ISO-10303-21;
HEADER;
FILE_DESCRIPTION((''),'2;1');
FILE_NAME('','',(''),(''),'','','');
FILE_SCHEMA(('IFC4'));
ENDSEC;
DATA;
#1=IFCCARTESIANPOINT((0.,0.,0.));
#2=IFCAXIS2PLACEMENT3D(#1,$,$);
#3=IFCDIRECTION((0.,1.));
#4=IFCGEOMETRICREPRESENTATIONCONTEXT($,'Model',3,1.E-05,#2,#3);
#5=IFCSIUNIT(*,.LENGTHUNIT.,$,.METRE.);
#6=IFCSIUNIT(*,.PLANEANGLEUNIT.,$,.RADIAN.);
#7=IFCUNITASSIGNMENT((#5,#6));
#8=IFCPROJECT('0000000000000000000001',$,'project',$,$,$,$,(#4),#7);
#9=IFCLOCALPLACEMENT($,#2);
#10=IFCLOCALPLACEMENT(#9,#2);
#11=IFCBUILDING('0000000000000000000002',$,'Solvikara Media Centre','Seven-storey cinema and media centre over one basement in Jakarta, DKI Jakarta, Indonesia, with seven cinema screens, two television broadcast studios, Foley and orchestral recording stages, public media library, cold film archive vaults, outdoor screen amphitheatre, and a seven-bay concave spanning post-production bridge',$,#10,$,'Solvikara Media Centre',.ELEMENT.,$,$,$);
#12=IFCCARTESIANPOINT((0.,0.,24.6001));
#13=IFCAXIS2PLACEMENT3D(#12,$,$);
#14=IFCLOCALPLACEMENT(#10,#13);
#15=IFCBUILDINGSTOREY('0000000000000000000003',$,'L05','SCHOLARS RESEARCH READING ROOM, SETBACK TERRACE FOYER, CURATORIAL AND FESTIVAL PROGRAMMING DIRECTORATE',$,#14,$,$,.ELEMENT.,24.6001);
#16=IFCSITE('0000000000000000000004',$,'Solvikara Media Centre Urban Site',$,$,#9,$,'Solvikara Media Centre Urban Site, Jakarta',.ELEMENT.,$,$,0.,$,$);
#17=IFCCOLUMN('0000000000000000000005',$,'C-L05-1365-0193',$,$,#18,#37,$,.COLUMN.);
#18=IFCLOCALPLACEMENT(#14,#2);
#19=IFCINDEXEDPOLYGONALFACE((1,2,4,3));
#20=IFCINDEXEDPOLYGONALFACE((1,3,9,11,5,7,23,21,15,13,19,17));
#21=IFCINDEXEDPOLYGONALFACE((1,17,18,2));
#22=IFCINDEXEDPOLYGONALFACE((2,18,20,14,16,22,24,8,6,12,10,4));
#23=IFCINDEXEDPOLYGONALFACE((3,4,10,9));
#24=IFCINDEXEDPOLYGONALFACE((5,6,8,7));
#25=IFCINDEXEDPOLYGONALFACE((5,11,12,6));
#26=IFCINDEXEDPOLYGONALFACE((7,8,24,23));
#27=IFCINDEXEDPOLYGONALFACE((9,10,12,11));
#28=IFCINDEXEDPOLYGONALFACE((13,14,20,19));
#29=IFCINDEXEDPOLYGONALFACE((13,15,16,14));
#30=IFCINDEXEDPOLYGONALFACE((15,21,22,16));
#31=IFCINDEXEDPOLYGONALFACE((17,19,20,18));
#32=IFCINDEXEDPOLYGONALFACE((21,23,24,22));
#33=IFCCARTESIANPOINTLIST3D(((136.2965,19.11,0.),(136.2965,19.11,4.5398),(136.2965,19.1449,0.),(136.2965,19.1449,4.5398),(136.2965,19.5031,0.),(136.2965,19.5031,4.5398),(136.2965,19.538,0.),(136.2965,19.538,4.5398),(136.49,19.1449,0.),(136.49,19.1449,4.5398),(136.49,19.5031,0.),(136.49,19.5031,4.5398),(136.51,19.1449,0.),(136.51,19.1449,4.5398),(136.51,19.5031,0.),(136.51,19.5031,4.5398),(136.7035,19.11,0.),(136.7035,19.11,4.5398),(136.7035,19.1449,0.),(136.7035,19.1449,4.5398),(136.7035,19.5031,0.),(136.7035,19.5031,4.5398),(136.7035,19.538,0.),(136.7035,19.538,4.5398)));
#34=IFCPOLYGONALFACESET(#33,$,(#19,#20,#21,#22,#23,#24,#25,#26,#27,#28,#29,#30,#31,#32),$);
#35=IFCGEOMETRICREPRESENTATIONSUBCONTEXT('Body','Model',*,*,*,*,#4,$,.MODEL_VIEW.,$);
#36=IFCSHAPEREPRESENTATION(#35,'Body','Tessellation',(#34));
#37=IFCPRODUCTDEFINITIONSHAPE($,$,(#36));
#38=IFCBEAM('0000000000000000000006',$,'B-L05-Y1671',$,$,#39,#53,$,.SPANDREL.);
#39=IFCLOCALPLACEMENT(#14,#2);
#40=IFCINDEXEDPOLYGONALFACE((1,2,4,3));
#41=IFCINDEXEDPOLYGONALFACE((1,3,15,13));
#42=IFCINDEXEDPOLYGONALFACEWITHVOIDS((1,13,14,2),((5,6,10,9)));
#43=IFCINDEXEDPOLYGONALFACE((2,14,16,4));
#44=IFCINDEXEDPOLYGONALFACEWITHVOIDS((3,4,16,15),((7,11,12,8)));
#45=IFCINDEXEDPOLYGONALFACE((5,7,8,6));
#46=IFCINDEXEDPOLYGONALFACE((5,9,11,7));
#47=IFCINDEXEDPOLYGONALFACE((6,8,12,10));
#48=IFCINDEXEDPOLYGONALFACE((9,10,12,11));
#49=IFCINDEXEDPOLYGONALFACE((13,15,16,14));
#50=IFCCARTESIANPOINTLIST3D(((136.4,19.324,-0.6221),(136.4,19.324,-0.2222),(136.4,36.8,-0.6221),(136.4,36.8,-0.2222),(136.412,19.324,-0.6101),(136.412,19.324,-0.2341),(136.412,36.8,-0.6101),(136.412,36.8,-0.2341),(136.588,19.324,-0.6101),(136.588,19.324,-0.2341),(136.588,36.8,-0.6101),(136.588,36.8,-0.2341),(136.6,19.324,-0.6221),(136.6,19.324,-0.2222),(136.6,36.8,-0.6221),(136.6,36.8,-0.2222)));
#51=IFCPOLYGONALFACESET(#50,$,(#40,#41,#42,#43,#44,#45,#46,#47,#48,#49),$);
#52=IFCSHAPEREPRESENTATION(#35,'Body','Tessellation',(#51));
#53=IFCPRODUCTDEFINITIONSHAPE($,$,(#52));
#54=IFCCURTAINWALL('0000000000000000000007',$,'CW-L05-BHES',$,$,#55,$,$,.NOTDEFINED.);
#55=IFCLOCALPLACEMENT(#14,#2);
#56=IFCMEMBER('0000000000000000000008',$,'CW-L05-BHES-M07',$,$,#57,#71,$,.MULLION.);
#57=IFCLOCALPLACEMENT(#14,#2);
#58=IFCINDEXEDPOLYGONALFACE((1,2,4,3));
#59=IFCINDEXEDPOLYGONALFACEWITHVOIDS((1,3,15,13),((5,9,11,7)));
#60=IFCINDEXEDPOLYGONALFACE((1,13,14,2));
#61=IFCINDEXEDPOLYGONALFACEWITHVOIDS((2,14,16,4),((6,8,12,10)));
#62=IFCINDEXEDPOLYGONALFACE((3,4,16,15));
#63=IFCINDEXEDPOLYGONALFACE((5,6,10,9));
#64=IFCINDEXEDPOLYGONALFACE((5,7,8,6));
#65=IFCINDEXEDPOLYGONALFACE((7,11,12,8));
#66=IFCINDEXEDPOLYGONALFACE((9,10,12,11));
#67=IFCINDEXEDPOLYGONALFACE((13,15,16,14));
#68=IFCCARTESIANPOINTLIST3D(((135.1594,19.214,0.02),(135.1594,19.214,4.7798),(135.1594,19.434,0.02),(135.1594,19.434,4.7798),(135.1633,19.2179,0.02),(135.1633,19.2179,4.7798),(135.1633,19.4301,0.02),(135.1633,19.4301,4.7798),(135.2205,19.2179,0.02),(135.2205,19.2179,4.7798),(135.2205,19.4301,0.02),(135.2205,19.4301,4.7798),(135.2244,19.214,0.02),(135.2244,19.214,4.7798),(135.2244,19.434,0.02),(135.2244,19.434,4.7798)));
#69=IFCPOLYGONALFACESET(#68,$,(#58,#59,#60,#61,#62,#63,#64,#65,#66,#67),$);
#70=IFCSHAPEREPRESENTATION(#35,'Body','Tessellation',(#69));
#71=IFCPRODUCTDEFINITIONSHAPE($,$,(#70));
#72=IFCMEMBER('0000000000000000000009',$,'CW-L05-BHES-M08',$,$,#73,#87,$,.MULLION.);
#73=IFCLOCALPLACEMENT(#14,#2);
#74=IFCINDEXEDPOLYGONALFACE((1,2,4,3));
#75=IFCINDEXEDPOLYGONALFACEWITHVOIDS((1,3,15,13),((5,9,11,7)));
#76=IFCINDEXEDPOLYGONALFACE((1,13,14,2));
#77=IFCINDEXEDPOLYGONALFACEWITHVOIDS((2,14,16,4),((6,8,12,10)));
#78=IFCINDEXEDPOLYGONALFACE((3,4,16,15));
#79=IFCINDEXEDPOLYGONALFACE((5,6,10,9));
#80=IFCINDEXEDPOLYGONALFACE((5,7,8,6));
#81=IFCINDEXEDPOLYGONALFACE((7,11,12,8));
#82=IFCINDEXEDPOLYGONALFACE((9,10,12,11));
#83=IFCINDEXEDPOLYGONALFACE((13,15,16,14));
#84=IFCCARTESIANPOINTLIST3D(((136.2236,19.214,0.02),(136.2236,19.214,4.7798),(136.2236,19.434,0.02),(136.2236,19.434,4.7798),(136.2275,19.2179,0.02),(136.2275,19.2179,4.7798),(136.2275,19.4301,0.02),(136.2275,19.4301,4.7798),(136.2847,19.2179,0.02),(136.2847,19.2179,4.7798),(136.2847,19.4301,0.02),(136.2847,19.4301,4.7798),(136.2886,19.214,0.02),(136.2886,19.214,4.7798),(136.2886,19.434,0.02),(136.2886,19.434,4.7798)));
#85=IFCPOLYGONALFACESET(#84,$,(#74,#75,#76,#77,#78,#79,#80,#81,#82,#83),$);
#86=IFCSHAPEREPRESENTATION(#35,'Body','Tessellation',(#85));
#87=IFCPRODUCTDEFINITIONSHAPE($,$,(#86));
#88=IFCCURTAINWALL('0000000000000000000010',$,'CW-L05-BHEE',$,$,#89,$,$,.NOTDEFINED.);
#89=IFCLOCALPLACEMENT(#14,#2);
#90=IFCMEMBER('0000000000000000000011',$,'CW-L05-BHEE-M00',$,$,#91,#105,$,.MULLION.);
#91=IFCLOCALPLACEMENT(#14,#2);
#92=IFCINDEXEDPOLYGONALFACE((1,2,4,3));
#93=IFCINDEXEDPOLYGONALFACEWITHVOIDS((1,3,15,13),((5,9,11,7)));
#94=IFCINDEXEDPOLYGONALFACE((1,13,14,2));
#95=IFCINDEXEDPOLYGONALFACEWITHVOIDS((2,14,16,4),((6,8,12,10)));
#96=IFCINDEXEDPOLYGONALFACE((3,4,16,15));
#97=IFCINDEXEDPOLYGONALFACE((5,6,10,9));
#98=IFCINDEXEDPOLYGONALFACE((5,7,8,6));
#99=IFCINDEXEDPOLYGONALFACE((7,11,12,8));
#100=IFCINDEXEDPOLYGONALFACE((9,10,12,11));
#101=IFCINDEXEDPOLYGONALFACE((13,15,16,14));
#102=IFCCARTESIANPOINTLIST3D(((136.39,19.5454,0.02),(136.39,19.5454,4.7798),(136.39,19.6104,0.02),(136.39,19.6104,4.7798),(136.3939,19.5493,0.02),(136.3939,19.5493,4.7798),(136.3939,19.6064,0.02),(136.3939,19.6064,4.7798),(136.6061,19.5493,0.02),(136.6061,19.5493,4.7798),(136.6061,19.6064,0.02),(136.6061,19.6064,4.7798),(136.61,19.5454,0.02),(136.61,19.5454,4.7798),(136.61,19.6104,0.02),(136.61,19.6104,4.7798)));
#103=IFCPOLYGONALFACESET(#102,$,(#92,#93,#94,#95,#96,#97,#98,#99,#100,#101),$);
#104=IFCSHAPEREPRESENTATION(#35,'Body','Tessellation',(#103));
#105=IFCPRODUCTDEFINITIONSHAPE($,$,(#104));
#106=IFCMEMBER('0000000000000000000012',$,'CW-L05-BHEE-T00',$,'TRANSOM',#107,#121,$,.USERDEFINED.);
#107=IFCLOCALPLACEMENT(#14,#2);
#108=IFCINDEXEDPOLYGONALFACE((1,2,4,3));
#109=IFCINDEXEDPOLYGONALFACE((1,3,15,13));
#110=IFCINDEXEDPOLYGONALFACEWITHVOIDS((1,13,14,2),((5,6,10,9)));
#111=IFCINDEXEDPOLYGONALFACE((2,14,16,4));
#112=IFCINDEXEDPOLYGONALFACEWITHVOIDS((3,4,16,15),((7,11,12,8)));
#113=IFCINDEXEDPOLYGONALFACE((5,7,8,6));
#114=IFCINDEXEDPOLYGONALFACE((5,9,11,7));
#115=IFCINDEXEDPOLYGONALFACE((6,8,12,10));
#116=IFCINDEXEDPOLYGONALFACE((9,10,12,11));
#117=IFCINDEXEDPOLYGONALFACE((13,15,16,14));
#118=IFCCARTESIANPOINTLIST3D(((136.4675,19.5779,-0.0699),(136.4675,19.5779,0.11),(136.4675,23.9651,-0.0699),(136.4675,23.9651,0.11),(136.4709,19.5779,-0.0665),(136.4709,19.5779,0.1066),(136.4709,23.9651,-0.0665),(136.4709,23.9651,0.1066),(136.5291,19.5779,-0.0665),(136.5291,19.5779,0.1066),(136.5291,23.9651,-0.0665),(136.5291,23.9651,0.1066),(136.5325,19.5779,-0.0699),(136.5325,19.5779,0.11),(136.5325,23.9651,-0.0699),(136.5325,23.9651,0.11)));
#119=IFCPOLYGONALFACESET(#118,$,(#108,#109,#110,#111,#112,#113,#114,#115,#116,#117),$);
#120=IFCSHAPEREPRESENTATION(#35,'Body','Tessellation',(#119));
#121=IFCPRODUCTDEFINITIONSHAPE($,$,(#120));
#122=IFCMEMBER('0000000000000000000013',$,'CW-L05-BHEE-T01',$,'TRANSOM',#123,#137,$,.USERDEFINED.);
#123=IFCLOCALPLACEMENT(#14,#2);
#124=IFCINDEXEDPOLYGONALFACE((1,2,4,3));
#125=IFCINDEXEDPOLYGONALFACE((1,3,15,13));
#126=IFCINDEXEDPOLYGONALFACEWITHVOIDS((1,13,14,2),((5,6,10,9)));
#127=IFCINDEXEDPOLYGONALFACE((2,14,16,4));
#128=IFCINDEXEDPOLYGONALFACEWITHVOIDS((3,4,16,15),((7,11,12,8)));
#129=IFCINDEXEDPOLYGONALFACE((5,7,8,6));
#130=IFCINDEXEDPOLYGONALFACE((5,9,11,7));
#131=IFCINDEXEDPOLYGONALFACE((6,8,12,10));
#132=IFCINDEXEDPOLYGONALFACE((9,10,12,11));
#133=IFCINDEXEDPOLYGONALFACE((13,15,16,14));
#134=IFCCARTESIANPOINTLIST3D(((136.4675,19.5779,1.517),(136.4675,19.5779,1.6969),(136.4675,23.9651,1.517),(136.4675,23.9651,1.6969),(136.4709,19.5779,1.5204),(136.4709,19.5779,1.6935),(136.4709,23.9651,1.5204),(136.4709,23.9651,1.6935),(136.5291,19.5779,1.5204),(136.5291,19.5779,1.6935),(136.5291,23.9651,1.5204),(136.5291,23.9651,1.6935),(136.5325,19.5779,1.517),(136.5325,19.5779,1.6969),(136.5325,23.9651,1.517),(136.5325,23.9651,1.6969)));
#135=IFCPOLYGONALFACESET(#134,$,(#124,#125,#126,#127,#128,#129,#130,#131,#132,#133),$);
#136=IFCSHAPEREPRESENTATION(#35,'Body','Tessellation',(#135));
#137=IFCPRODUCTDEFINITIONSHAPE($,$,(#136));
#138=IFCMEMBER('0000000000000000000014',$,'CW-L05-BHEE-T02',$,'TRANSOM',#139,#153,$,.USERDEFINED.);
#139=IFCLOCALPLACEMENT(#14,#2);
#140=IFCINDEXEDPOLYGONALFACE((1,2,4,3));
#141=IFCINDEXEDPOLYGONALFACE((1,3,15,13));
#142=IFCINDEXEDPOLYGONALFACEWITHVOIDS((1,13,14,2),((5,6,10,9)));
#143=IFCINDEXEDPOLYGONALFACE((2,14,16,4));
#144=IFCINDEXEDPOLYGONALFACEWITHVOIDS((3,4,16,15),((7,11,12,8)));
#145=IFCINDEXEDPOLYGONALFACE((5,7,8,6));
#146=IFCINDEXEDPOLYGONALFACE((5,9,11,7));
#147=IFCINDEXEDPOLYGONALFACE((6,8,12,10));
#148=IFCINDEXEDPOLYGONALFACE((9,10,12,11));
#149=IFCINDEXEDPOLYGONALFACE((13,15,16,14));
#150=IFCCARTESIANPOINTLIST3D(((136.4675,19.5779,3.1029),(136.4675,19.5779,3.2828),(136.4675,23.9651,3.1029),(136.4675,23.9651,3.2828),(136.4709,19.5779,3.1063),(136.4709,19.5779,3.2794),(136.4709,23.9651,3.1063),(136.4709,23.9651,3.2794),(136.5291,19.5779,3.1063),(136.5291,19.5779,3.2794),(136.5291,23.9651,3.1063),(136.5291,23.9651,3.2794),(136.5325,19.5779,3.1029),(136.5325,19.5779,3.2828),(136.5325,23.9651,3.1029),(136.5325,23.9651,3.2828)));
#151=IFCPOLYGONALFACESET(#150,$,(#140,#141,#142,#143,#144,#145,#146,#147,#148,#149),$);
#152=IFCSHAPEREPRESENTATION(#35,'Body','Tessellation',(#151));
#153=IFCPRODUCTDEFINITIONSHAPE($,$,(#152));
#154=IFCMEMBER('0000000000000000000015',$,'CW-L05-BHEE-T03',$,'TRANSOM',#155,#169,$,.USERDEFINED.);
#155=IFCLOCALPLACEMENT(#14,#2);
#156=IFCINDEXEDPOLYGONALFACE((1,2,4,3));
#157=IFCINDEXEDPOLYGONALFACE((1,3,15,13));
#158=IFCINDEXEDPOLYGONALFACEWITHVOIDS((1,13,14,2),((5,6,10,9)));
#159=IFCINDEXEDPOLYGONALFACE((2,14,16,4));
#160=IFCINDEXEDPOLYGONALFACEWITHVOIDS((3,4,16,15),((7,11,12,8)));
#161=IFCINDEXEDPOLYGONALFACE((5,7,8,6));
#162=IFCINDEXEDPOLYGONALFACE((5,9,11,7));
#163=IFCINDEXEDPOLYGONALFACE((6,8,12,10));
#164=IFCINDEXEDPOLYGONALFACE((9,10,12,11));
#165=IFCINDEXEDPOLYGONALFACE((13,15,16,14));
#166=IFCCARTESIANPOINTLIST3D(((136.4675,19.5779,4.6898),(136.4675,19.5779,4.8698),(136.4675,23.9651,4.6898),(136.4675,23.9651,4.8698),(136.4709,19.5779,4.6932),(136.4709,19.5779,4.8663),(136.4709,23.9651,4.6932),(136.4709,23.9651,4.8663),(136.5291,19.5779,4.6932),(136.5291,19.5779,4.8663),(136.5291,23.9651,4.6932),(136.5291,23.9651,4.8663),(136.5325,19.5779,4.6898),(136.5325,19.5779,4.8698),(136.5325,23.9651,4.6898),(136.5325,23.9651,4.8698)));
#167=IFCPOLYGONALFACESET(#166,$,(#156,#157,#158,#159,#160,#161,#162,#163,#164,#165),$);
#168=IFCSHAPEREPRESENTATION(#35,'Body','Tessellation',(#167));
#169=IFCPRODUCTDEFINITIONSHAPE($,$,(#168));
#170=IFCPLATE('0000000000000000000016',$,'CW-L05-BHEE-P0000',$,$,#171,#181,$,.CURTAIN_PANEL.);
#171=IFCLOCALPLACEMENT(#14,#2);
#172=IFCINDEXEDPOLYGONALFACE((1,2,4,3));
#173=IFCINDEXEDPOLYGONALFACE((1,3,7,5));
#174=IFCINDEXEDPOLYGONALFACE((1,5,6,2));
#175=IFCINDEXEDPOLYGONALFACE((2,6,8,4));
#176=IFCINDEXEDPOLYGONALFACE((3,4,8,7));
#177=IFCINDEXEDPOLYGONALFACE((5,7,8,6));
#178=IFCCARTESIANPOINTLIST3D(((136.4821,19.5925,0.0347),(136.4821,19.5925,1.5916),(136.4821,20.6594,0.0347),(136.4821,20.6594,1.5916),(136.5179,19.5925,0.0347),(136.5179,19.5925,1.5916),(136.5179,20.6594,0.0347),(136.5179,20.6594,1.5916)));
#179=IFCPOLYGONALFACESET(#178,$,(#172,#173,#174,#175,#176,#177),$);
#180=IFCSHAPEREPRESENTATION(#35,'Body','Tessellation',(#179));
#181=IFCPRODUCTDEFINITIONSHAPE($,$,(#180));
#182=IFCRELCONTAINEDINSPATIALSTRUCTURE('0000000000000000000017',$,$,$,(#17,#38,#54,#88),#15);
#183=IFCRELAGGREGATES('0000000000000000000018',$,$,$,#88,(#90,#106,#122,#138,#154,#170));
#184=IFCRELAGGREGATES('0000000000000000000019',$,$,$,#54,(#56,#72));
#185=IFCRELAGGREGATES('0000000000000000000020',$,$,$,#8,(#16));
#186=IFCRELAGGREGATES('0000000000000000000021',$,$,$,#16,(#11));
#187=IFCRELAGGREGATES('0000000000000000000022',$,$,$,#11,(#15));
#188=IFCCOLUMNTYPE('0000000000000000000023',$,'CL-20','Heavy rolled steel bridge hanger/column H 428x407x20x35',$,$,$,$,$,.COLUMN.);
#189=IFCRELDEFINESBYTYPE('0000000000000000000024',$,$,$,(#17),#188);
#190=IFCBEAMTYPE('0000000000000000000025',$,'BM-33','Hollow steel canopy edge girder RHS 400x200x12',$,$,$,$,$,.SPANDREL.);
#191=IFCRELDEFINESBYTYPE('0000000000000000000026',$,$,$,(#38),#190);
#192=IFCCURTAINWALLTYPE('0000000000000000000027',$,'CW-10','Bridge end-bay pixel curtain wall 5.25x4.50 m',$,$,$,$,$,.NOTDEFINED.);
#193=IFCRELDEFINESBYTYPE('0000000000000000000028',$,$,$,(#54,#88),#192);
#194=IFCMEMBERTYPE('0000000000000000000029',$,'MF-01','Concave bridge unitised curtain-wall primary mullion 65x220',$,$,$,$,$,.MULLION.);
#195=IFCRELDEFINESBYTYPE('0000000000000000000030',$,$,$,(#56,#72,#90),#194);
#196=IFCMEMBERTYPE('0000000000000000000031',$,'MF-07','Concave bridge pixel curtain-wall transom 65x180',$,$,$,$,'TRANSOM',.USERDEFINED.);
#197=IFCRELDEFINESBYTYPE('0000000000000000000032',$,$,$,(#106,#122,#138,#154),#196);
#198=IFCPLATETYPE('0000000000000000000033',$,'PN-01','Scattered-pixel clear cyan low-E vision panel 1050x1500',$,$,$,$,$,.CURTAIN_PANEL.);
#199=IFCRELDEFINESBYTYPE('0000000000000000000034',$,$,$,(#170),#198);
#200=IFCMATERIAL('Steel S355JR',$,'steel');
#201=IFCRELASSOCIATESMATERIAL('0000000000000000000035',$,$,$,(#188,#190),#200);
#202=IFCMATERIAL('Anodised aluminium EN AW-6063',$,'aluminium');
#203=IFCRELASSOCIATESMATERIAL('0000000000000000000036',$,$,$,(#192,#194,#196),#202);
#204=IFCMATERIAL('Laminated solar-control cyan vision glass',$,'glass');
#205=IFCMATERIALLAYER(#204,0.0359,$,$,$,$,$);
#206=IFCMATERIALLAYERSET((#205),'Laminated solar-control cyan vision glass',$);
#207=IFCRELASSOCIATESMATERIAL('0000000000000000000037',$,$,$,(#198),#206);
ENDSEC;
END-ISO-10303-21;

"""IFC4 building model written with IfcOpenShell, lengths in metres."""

from ifc_helpers import new_model, si_unit, direction, frame, origin, origin_2d, place, context, subcontext, project, spatial, rectangle, hollow_rectangle, i_section, extrude, material, layer, layer_set, material_profile, profile_set, type_object, element, aggregate, save


model = new_model("IFC4")

# Units and contexts
model_context = context("Model", 3, precision=1e-05, world=origin(), true_north=direction((0.0, 1.0)))
body_context = subcontext(model_context, "Body", "Model", "MODEL_VIEW")
ifc_project = project(units=[si_unit("LENGTHUNIT", "METRE"), si_unit("PLANEANGLEUNIT", "RADIAN")], contexts=[model_context])

# Site, building, storey
site_placement = place(None, origin())
site = spatial("IfcSite", under=ifc_project, at=site_placement, Name="Solvikara Media Centre Urban Site", LongName="Solvikara Media Centre Urban Site, Jakarta", CompositionType="ELEMENT", RefElevation=0.0)
building_placement = place(site_placement, origin())
building = spatial("IfcBuilding", under=site, at=building_placement, Name="Solvikara Media Centre", Description="Seven-storey cinema and media centre over one basement in Jakarta, DKI Jakarta, Indonesia, with seven cinema screens, two television broadcast studios, Foley and orchestral recording stages, public media library, cold film archive vaults, outdoor screen amphitheatre, and a seven-bay concave spanning post-production bridge", LongName="Solvikara Media Centre", CompositionType="ELEMENT")
storey_placement = place(building_placement, frame((0.0, 0.0, 24.6001)))
storey = spatial("IfcBuildingStorey", under=building, at=storey_placement, Name="L05", Description="SCHOLARS RESEARCH READING ROOM, SETBACK TERRACE FOYER, CURATORIAL AND FESTIVAL PROGRAMMING DIRECTORATE", CompositionType="ELEMENT", Elevation=24.6001)

# Column
ifc_material_1 = material(Name="Steel S355JR", Category="steel")
ifc_material_profile_1 = material_profile(ifc_material_1, i_section(OverallWidth=0.407, OverallDepth=0.428, WebThickness=0.02, FlangeThickness=0.0349, at=origin_2d()), Name="H 428x407x20x35")
ifc_profile_set_1 = profile_set([ifc_material_profile_1], Name="Steel S355JR")
column_type = type_object("IfcColumnType", Name="CL-20", Description="Heavy rolled steel bridge hanger/column H 428x407x20x35", PredefinedType="COLUMN", material=ifc_profile_set_1)
column_placement = place(storey_placement, frame((136.5, 19.324, 0.0), z_axis=(0.0, 0.0, 1.0), x_axis=(1.0, 0.0, 0.0)))
element("IfcColumn", 1, at=column_placement, inside=storey, type_object=column_type, Name="C-L05-1365-0193", PredefinedType="COLUMN", context=body_context, shape_type="SweptSolid", body=[
    extrude(i_section(OverallWidth=0.407, OverallDepth=0.428, WebThickness=0.02, FlangeThickness=0.0349, at=origin_2d()), origin(), (0.0, 0.0, 1.0), 4.5398),
])

# Beam
ifc_material_profile_2 = material_profile(ifc_material_1, hollow_rectangle(XDim=0.2, YDim=0.3999, WallThickness=0.012, at=origin_2d()), Name="RHS 400x200x12")
ifc_profile_set_2 = profile_set([ifc_material_profile_2], Name="Steel S355JR")
beam_type = type_object("IfcBeamType", Name="BM-33", Description="Hollow steel canopy edge girder RHS 400x200x12", PredefinedType="SPANDREL", material=ifc_profile_set_2)
beam_placement = place(storey_placement, frame((136.5, 19.324, -0.4221), z_axis=(0.0, 1.0, 0.0), x_axis=(-1.0, 0.0, 0.0)))
element("IfcBeam", 2, at=beam_placement, inside=storey, type_object=beam_type, Name="B-L05-Y1671", PredefinedType="SPANDREL", context=body_context, shape_type="SweptSolid", body=[
    extrude(hollow_rectangle(XDim=0.2, YDim=0.3999, WallThickness=0.012, at=origin_2d()), origin(), (0.0, 0.0, 1.0), 17.4761),
])

# Curtain wall, members
ifc_material_2 = material(Name="Anodised aluminium EN AW-6063", Category="aluminium")
curtain_wall_type = type_object("IfcCurtainWallType", Name="CW-10", Description="Bridge end-bay pixel curtain wall 5.25x4.50 m", PredefinedType="NOTDEFINED", material=ifc_material_2)
curtain_wall_1_placement = place(storey_placement, origin())
curtain_wall_1 = element("IfcCurtainWall", 3, at=curtain_wall_1_placement, inside=storey, type_object=curtain_wall_type, Name="CW-L05-BHES", PredefinedType="NOTDEFINED")
ifc_material_profile_3 = material_profile(ifc_material_2, hollow_rectangle(XDim=0.0649, YDim=0.22, WallThickness=0.0039, at=origin_2d()), Name="ALU-M 65x220x4")
ifc_profile_set_3 = profile_set([ifc_material_profile_3], Name="Anodised aluminium EN AW-6063")
member_type_1 = type_object("IfcMemberType", Name="MF-01", Description="Concave bridge unitised curtain-wall primary mullion 65x220", PredefinedType="MULLION", material=ifc_profile_set_3)
member_1_placement = place(storey_placement, frame((135.1919, 19.324, 0.02), z_axis=(0.0, 0.0, 1.0), x_axis=(1.0, 0.0, 0.0)))
member_1 = element("IfcMember", 4, at=member_1_placement, type_object=member_type_1, Name="CW-L05-BHES-M07", PredefinedType="MULLION", context=body_context, shape_type="SweptSolid", body=[
    extrude(hollow_rectangle(XDim=0.0649, YDim=0.22, WallThickness=0.0039, at=origin_2d()), origin(), (0.0, 0.0, 1.0), 4.7598),
])
member_2_placement = place(storey_placement, frame((136.2561, 19.324, 0.02), z_axis=(0.0, 0.0, 1.0), x_axis=(1.0, 0.0, 0.0)))
member_2 = element("IfcMember", 5, at=member_2_placement, type_object=member_type_1, Name="CW-L05-BHES-M08", PredefinedType="MULLION", context=body_context, shape_type="SweptSolid", body=[
    extrude(hollow_rectangle(XDim=0.0649, YDim=0.22, WallThickness=0.0039, at=origin_2d()), origin(), (0.0, 0.0, 1.0), 4.7598),
])

# Curtain wall, members, plate
curtain_wall_2_placement = place(storey_placement, origin())
curtain_wall_2 = element("IfcCurtainWall", 6, at=curtain_wall_2_placement, inside=storey, type_object=curtain_wall_type, Name="CW-L05-BHEE", PredefinedType="NOTDEFINED")
member_3_placement = place(storey_placement, frame((136.5, 19.5779, 0.02), z_axis=(0.0, 0.0, 1.0), x_axis=(0.0, 1.0, 0.0)))
member_3 = element("IfcMember", 7, at=member_3_placement, type_object=member_type_1, Name="CW-L05-BHEE-M00", PredefinedType="MULLION", context=body_context, shape_type="SweptSolid", body=[
    extrude(hollow_rectangle(XDim=0.0649, YDim=0.22, WallThickness=0.0039, at=origin_2d()), origin(), (0.0, 0.0, 1.0), 4.7598),
])
ifc_material_profile_4 = material_profile(ifc_material_2, hollow_rectangle(XDim=0.0649, YDim=0.1799, WallThickness=0.0034, at=origin_2d()), Name="ALU-T 65x180x3.5")
ifc_profile_set_4 = profile_set([ifc_material_profile_4], Name="Anodised aluminium EN AW-6063")
member_type_2 = type_object("IfcMemberType", Name="MF-07", Description="Concave bridge pixel curtain-wall transom 65x180", ElementType="TRANSOM", PredefinedType="USERDEFINED", material=ifc_profile_set_4)
member_4_placement = place(storey_placement, frame((136.5, 19.5779, 0.02), z_axis=(0.0, 1.0, 0.0), x_axis=(-1.0, 0.0, 0.0)))
member_4 = element("IfcMember", 8, at=member_4_placement, type_object=member_type_2, Name="CW-L05-BHEE-T00", ObjectType="TRANSOM", PredefinedType="USERDEFINED", context=body_context, shape_type="SweptSolid", body=[
    extrude(hollow_rectangle(XDim=0.0649, YDim=0.1799, WallThickness=0.0034, at=origin_2d()), origin(), (0.0, 0.0, 1.0), 4.3872),
])
member_5_placement = place(storey_placement, frame((136.5, 19.5779, 1.6069), z_axis=(0.0, 1.0, 0.0), x_axis=(-1.0, 0.0, 0.0)))
member_5 = element("IfcMember", 9, at=member_5_placement, type_object=member_type_2, Name="CW-L05-BHEE-T01", ObjectType="TRANSOM", PredefinedType="USERDEFINED", context=body_context, shape_type="SweptSolid", body=[
    extrude(hollow_rectangle(XDim=0.0649, YDim=0.1799, WallThickness=0.0034, at=origin_2d()), origin(), (0.0, 0.0, 1.0), 4.3872),
])
member_6_placement = place(storey_placement, frame((136.5, 19.5779, 3.1929), z_axis=(0.0, 1.0, 0.0), x_axis=(-1.0, 0.0, 0.0)))
member_6 = element("IfcMember", 10, at=member_6_placement, type_object=member_type_2, Name="CW-L05-BHEE-T02", ObjectType="TRANSOM", PredefinedType="USERDEFINED", context=body_context, shape_type="SweptSolid", body=[
    extrude(hollow_rectangle(XDim=0.0649, YDim=0.1799, WallThickness=0.0034, at=origin_2d()), origin(), (0.0, 0.0, 1.0), 4.3872),
])
member_7_placement = place(storey_placement, frame((136.5, 19.5779, 4.7798), z_axis=(0.0, 1.0, 0.0), x_axis=(-1.0, 0.0, 0.0)))
member_7 = element("IfcMember", 11, at=member_7_placement, type_object=member_type_2, Name="CW-L05-BHEE-T03", ObjectType="TRANSOM", PredefinedType="USERDEFINED", context=body_context, shape_type="SweptSolid", body=[
    extrude(hollow_rectangle(XDim=0.0649, YDim=0.1799, WallThickness=0.0034, at=origin_2d()), origin(), (0.0, 0.0, 1.0), 4.3872),
])
ifc_material_3 = material(Name="Laminated solar-control cyan vision glass", Category="glass")
ifc_layer_1 = layer(ifc_material_3, 0.0359)
ifc_layer_set_1 = layer_set([ifc_layer_1], Name="Laminated solar-control cyan vision glass")
plate_type_1 = type_object("IfcPlateType", Name="PN-01", Description="Scattered-pixel clear cyan low-E vision panel 1050x1500", PredefinedType="CURTAIN_PANEL", material=ifc_layer_set_1)
plate_1_placement = place(storey_placement, frame((136.5, 20.126, 0.0347), z_axis=(0.0, 0.0, 1.0), x_axis=(0.0, 1.0, 0.0)))
plate_1 = element("IfcPlate", 12, at=plate_1_placement, type_object=plate_type_1, Name="CW-L05-BHEE-P0000", PredefinedType="CURTAIN_PANEL", context=body_context, shape_type="SweptSolid", body=[
    extrude(rectangle(XDim=1.0669, YDim=0.0359, at=origin_2d()), origin(), (0.0, 0.0, 1.0), 1.5569),
])
aggregate(curtain_wall_2, [member_3, member_4, member_5, member_6, member_7, plate_1])

aggregate(curtain_wall_1, [member_1, member_2])

save(model, "model.ifc")
